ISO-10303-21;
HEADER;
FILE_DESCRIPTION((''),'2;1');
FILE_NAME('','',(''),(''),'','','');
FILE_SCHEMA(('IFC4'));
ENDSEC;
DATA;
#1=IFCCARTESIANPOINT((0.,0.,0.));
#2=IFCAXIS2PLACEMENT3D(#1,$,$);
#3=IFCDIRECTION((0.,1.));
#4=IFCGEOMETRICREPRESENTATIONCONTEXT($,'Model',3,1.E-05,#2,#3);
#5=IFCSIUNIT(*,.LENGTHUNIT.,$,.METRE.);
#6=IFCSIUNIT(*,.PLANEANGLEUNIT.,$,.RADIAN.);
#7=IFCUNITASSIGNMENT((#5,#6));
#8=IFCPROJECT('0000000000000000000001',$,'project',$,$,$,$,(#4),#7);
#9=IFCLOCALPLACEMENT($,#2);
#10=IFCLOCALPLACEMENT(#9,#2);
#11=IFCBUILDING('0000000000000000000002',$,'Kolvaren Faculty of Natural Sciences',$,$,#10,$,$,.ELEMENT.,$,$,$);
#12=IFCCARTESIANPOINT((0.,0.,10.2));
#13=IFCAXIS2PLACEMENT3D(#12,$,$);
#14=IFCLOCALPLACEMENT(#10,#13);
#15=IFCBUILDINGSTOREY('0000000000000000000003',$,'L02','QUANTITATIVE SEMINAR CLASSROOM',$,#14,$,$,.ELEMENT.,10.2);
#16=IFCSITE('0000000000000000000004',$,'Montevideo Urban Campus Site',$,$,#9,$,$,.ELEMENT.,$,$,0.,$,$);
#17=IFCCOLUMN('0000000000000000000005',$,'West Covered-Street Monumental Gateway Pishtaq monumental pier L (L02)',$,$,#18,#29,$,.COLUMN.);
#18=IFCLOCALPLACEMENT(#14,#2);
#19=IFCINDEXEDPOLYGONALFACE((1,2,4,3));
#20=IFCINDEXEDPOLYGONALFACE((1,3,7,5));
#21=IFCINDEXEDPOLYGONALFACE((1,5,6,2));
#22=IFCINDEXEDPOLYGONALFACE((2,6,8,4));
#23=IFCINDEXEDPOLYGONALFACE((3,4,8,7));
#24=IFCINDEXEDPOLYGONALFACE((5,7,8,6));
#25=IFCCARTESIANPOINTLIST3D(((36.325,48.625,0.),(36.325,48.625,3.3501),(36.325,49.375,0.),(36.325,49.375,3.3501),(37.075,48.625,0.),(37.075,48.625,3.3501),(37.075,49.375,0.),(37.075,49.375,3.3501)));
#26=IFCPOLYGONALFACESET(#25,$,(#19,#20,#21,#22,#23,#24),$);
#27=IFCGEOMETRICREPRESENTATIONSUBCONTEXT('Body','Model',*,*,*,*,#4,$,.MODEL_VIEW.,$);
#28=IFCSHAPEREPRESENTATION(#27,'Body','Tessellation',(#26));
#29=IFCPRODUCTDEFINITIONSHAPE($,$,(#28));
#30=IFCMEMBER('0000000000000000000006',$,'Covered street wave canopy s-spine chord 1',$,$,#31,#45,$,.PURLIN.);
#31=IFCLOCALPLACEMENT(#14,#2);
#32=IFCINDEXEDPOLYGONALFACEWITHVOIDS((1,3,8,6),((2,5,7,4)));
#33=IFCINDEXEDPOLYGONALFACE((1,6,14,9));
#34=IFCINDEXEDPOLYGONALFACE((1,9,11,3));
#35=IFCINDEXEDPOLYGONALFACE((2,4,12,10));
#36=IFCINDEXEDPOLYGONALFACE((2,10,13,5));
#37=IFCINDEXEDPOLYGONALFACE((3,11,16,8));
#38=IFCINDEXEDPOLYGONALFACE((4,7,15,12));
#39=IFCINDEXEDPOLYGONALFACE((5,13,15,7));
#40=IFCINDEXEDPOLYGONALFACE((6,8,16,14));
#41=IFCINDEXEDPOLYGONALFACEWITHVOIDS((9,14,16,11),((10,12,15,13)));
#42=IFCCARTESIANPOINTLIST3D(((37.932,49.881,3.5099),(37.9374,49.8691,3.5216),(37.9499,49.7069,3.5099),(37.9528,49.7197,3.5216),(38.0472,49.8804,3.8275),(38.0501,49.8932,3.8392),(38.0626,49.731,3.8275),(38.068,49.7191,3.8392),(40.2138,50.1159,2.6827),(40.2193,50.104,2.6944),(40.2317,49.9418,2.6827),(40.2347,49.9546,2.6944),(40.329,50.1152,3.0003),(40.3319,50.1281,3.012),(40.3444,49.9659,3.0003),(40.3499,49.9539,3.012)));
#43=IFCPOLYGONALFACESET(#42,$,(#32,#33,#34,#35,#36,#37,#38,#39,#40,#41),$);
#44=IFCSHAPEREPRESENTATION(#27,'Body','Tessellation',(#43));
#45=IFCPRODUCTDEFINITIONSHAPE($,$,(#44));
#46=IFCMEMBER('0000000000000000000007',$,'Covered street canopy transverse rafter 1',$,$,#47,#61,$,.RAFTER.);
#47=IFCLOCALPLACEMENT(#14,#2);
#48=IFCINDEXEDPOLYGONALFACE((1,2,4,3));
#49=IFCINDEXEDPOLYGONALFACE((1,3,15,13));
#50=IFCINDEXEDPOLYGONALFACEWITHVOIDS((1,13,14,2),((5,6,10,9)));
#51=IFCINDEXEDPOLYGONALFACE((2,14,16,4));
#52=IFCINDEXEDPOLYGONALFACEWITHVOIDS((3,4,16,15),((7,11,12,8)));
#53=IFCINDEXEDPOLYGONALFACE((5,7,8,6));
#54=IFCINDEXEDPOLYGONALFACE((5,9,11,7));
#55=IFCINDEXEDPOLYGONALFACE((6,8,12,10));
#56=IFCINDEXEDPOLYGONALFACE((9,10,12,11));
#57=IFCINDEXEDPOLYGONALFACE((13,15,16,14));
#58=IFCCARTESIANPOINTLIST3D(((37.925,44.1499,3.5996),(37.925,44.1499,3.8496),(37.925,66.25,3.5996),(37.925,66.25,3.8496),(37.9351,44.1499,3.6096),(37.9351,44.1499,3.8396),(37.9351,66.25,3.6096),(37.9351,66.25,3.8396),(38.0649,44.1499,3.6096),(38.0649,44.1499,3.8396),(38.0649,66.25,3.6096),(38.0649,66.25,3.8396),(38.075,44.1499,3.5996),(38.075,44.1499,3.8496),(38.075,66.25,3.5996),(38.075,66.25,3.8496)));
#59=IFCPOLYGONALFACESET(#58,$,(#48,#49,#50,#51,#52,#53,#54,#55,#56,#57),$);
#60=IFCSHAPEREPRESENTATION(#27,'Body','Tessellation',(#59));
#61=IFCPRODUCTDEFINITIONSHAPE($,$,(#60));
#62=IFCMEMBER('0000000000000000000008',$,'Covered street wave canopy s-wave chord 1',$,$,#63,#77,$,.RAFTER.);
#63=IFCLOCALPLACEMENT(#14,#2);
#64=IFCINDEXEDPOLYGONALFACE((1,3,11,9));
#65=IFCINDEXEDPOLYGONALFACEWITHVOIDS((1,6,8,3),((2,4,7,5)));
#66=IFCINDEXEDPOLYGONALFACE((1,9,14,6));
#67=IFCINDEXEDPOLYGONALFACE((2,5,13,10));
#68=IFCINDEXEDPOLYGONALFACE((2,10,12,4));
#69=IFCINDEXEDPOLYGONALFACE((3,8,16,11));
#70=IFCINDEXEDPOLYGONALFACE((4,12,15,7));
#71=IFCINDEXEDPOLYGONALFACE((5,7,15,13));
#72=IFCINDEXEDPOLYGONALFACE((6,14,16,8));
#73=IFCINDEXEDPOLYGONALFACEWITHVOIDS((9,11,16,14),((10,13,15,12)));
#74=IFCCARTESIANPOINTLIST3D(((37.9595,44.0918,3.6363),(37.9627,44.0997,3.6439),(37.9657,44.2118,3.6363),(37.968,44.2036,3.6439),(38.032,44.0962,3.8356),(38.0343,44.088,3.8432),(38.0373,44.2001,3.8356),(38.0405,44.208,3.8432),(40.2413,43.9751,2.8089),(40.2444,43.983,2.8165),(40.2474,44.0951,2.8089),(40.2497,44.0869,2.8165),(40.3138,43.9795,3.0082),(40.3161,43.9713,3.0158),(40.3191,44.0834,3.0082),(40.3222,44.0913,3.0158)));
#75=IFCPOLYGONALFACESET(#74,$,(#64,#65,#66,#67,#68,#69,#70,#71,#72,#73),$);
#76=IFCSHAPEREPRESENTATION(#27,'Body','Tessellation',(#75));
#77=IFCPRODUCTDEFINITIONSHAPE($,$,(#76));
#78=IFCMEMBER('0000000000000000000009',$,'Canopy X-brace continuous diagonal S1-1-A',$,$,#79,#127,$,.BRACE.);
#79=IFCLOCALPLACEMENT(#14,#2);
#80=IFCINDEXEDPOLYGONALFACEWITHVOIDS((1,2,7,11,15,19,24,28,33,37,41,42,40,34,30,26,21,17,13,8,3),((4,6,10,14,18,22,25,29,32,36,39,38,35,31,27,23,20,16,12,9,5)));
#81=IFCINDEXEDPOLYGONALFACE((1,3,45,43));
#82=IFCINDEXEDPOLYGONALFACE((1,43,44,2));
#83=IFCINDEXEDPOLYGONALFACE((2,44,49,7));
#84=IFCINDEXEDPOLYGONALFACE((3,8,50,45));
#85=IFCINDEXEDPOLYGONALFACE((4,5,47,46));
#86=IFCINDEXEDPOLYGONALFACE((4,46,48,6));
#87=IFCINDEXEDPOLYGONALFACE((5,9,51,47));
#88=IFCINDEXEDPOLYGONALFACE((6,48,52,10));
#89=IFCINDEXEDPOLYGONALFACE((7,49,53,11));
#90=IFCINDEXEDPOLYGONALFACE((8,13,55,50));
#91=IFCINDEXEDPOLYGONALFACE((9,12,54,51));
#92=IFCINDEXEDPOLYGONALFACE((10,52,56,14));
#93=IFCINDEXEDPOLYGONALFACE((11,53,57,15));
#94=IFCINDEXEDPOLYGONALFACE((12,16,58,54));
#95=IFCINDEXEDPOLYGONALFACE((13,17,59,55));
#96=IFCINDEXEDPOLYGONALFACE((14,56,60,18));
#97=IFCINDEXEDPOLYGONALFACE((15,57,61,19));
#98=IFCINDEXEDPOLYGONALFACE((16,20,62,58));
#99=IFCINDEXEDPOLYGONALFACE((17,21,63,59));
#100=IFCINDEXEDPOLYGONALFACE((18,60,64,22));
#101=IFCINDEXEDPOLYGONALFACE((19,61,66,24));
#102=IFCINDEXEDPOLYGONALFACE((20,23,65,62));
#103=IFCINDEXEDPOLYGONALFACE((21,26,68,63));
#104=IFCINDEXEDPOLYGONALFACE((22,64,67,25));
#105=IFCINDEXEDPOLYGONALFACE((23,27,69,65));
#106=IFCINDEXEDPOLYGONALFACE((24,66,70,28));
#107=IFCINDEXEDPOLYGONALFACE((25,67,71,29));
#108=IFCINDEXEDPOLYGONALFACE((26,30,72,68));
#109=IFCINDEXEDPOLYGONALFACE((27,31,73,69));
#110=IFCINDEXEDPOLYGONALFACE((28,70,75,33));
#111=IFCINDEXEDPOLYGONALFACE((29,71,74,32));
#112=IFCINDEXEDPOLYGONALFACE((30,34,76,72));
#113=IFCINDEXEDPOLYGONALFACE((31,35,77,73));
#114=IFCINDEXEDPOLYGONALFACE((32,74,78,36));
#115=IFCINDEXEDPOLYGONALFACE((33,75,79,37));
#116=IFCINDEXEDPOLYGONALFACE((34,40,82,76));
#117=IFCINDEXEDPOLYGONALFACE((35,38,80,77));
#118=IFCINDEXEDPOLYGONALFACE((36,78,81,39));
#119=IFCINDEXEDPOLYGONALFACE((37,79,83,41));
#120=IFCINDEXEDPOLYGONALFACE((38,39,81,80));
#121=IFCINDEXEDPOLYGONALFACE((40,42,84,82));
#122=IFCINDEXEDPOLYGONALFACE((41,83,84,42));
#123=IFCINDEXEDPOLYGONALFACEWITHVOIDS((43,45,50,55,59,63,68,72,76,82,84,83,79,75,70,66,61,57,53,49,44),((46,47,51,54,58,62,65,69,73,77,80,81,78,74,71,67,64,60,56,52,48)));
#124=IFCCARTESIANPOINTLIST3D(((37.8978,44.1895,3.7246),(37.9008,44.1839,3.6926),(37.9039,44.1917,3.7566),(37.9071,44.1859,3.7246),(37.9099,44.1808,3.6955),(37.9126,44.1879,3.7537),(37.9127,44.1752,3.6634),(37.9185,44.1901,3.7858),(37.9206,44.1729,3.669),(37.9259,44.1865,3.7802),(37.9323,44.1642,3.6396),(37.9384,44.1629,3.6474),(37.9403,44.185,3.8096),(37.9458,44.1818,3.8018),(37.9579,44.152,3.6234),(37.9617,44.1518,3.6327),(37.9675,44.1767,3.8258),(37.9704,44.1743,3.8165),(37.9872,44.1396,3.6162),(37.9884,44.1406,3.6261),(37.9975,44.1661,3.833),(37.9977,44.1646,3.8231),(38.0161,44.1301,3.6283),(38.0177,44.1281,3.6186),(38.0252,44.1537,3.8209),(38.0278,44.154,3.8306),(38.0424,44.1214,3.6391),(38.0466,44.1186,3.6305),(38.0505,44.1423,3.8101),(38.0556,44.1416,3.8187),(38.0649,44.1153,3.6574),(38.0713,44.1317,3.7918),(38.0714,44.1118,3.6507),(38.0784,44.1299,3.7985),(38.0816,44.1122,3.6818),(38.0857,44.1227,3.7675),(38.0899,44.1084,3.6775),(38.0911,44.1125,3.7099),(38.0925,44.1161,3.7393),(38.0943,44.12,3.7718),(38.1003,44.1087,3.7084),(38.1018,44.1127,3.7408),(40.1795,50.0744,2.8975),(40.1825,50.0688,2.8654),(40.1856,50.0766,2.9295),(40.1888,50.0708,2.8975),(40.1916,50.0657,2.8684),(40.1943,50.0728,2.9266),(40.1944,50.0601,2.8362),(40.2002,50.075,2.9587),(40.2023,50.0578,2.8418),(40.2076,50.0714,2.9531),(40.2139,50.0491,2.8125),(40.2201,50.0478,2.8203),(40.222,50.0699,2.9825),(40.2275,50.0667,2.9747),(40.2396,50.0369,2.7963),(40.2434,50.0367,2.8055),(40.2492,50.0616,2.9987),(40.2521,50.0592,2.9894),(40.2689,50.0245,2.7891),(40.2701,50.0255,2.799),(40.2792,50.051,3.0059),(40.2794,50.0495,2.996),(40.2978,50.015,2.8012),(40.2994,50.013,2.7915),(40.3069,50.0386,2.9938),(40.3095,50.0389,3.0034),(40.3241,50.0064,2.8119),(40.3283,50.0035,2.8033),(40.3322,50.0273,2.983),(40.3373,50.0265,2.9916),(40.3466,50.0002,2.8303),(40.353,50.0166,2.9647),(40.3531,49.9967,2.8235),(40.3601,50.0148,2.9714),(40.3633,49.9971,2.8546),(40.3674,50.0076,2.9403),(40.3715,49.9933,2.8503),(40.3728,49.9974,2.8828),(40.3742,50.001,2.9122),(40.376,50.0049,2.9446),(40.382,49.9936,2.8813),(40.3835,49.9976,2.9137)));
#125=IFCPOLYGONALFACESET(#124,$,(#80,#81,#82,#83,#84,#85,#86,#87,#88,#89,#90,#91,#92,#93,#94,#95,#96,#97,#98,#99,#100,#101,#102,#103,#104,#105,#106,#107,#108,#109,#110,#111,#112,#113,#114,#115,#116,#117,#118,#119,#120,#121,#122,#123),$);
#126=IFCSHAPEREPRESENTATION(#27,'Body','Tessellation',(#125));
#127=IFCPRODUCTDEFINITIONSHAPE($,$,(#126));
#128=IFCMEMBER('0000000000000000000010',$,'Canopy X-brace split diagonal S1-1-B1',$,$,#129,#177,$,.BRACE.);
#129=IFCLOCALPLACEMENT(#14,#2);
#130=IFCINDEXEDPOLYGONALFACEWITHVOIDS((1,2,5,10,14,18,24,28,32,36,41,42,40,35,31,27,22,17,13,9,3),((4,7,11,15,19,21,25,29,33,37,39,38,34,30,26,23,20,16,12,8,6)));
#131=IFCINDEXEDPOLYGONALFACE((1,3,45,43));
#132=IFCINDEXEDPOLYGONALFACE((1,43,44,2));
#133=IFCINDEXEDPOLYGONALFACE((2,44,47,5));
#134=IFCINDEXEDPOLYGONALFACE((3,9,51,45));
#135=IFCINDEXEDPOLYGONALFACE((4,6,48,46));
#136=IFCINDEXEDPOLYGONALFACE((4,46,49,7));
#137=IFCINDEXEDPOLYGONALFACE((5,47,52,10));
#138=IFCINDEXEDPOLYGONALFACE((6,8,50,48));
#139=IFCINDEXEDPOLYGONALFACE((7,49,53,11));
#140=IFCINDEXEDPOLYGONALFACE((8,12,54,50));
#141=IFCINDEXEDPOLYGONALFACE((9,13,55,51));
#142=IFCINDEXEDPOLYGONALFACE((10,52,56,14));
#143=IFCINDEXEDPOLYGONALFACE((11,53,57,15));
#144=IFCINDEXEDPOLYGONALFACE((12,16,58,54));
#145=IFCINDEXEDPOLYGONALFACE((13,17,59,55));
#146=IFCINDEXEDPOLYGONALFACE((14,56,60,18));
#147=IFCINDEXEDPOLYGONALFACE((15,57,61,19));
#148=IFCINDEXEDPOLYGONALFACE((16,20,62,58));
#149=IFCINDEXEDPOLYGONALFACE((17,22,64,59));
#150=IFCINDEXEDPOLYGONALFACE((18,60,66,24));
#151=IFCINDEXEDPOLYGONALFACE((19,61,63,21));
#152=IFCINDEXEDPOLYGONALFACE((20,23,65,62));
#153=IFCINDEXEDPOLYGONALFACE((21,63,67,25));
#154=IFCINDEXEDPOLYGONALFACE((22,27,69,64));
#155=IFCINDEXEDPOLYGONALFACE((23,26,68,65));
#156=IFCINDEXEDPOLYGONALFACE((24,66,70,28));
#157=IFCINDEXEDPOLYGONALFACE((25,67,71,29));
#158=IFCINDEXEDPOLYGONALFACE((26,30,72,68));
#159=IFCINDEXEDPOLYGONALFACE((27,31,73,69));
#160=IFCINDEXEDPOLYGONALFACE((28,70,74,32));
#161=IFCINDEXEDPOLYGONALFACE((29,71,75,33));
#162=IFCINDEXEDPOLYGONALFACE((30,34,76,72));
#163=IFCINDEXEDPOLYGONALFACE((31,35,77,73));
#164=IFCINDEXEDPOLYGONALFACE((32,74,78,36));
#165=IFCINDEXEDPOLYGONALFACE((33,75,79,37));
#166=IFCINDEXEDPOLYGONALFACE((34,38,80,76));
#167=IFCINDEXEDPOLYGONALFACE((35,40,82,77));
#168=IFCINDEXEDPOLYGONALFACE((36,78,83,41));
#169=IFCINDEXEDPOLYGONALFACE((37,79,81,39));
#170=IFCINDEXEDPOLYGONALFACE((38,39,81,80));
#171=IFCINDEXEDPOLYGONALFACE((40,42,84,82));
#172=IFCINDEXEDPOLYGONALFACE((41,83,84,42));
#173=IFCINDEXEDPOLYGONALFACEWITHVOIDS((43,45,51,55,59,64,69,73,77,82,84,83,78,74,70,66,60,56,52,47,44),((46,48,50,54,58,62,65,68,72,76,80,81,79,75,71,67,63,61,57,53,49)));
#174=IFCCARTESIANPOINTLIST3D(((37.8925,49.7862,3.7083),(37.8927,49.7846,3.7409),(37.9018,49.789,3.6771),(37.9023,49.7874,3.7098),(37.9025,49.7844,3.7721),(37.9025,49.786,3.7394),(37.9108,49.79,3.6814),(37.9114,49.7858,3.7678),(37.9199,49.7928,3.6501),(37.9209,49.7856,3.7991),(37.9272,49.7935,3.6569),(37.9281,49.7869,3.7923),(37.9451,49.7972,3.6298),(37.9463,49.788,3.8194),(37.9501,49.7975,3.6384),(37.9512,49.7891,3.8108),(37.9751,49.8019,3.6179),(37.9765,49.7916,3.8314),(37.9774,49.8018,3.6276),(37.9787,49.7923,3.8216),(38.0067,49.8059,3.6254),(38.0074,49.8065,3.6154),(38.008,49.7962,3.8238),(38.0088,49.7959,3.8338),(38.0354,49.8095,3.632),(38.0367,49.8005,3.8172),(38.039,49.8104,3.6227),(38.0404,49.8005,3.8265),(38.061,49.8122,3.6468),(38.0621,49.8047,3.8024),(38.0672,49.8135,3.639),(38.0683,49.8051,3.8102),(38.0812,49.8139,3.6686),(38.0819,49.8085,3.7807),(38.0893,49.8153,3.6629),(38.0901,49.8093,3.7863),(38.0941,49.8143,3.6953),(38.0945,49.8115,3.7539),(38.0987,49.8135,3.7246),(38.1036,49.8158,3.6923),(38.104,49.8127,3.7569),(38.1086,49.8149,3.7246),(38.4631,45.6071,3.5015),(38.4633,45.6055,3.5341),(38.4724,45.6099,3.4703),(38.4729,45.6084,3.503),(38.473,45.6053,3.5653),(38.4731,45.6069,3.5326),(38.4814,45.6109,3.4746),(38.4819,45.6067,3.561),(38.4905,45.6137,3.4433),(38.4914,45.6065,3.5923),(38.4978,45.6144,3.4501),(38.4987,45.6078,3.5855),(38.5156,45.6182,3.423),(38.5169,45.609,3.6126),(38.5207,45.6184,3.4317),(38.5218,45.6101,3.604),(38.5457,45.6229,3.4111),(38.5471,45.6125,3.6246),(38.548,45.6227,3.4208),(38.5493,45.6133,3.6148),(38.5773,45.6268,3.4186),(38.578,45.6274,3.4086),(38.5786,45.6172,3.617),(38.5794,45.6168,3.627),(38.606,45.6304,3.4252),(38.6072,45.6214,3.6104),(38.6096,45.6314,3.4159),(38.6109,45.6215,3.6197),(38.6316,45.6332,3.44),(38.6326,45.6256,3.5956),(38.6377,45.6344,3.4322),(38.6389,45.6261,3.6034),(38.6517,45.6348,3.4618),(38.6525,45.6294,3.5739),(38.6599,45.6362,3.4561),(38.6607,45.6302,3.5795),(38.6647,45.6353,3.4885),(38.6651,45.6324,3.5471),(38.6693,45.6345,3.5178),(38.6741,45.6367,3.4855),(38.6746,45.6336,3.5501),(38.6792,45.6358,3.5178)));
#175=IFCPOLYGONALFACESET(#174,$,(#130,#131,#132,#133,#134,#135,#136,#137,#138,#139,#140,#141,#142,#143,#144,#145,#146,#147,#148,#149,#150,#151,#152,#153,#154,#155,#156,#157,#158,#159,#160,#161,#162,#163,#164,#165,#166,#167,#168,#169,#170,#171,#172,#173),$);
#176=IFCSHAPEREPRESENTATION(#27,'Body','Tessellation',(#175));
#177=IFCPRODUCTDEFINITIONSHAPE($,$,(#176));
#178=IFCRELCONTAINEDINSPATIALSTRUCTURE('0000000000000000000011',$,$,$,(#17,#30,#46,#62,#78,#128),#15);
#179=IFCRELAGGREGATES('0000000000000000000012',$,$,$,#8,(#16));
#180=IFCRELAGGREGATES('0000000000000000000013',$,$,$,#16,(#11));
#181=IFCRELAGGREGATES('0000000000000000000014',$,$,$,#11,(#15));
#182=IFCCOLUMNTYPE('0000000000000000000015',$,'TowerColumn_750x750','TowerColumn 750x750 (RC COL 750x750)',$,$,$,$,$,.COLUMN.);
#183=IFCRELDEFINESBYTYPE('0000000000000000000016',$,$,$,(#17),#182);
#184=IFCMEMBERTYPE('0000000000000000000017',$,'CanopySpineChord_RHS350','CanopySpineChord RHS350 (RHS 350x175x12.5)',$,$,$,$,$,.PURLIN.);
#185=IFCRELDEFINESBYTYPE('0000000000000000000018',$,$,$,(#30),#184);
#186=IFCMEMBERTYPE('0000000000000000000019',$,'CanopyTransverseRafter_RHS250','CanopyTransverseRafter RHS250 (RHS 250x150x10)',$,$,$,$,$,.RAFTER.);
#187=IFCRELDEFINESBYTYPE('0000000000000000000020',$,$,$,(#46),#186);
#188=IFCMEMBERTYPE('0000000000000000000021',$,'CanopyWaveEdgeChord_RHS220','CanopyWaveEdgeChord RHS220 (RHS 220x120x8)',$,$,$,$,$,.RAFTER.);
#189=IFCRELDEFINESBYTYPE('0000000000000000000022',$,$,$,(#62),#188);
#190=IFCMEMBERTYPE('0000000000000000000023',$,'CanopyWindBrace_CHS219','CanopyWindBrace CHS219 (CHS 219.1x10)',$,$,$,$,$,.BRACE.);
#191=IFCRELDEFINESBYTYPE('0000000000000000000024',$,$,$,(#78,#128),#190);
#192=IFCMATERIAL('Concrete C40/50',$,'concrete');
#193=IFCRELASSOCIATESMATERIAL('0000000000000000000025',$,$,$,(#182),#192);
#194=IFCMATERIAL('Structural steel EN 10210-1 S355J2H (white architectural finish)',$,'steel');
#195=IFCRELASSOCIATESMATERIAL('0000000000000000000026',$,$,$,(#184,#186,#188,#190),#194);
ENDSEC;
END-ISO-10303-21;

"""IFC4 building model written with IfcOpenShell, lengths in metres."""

from ifc_helpers import new_model, si_unit, direction, frame, origin, origin_2d, place, context, subcontext, project, spatial, rectangle, hollow_rectangle, hollow_circle, extrude, material, material_profile, profile_set, type_object, element, save


model = new_model("IFC4")

# Units and contexts
model_context = context("Model", 3, precision=1e-05, world=origin(), true_north=direction((0.0, 1.0)))
body_context = subcontext(model_context, "Body", "Model", "MODEL_VIEW")
ifc_project = project(units=[si_unit("LENGTHUNIT", "METRE"), si_unit("PLANEANGLEUNIT", "RADIAN")], contexts=[model_context])

# Site, building, storey
site_placement = place(None, origin())
site = spatial("IfcSite", under=ifc_project, at=site_placement, Name="Montevideo Urban Campus Site", CompositionType="ELEMENT", RefElevation=0.0)
building_placement = place(site_placement, origin())
building = spatial("IfcBuilding", under=site, at=building_placement, Name="Kolvaren Faculty of Natural Sciences", CompositionType="ELEMENT")
storey_placement = place(building_placement, frame((0.0, 0.0, 10.2)))
storey = spatial("IfcBuildingStorey", under=building, at=storey_placement, Name="L02", Description="QUANTITATIVE SEMINAR CLASSROOM", CompositionType="ELEMENT", Elevation=10.2)

# Column
ifc_material_1 = material(Name="Concrete C40/50", Category="concrete")
ifc_material_profile_1 = material_profile(ifc_material_1, rectangle(XDim=0.75, YDim=0.75, at=origin_2d()), Name="RC COL 750x750")
ifc_profile_set_1 = profile_set([ifc_material_profile_1], Name="Concrete C40/50")
column_type = type_object("IfcColumnType", Name="TowerColumn_750x750", Description="TowerColumn 750x750 (RC COL 750x750)", PredefinedType="COLUMN", material=ifc_profile_set_1)
column_placement = place(storey_placement, frame((36.7, 49.0, 0.0), z_axis=(0.0, 0.0, 1.0), x_axis=(1.0, 0.0, 0.0)))
element("IfcColumn", 1, at=column_placement, inside=storey, type_object=column_type, Name="West Covered-Street Monumental Gateway Pishtaq monumental pier L (L02)", PredefinedType="COLUMN", context=body_context, shape_type="SweptSolid", body=[
    extrude(rectangle(XDim=0.75, YDim=0.75, at=origin_2d()), origin(), (0.0, 0.0, 1.0), 3.3501),
])

# Members
ifc_material_2 = material(Name="Structural steel EN 10210-1 S355J2H (white architectural finish)", Category="steel")
ifc_material_profile_2 = material_profile(ifc_material_2, hollow_rectangle(XDim=0.175, YDim=0.3501, WallThickness=0.0125, at=origin_2d()), Name="RHS 350x175x12.5")
ifc_profile_set_2 = profile_set([ifc_material_profile_2], Name="Structural steel EN 10210-1 S355J2H (white architectural finish)")
member_type_1 = type_object("IfcMemberType", Name="CanopySpineChord_RHS350", Description="CanopySpineChord RHS350 (RHS 350x175x12.5)", PredefinedType="PURLIN", material=ifc_profile_set_2)
member_1_placement = place(storey_placement, frame((38.0, 49.8, 3.6746), z_axis=(0.935762, 0.09632, -0.339221), x_axis=(-0.102391, 0.994744, 0.0)))
element("IfcMember", 2, at=member_1_placement, inside=storey, type_object=member_type_1, Name="Covered street wave canopy s-spine chord 1", PredefinedType="PURLIN", context=body_context, shape_type="SweptSolid", body=[
    extrude(hollow_rectangle(XDim=0.175, YDim=0.3501, WallThickness=0.0125, at=origin_2d()), origin(), (0.0, 0.0, 1.0), 2.4385),
])
ifc_material_profile_3 = material_profile(ifc_material_2, hollow_rectangle(XDim=0.1499, YDim=0.25, WallThickness=0.01, at=origin_2d()), Name="RHS 250x150x10")
ifc_profile_set_3 = profile_set([ifc_material_profile_3], Name="Structural steel EN 10210-1 S355J2H (white architectural finish)")
member_type_2 = type_object("IfcMemberType", Name="CanopyTransverseRafter_RHS250", Description="CanopyTransverseRafter RHS250 (RHS 250x150x10)", PredefinedType="RAFTER", material=ifc_profile_set_3)
member_2_placement = place(storey_placement, frame((38.0, 44.1499, 3.7246), z_axis=(0.0, 1.0, 0.0), x_axis=(-1.0, 0.0, 0.0)))
element("IfcMember", 3, at=member_2_placement, inside=storey, type_object=member_type_2, Name="Covered street canopy transverse rafter 1", PredefinedType="RAFTER", context=body_context, shape_type="SweptSolid", body=[
    extrude(hollow_rectangle(XDim=0.1499, YDim=0.25, WallThickness=0.01, at=origin_2d()), origin(), (0.0, 0.0, 1.0), 22.1001),
])
ifc_material_profile_4 = material_profile(ifc_material_2, hollow_rectangle(XDim=0.1201, YDim=0.22, WallThickness=0.0081, at=origin_2d()), Name="RHS 220x120x8")
ifc_profile_set_4 = profile_set([ifc_material_profile_4], Name="Structural steel EN 10210-1 S355J2H (white architectural finish)")
member_type_3 = type_object("IfcMemberType", Name="CanopyWaveEdgeChord_RHS220", Description="CanopyWaveEdgeChord RHS220 (RHS 220x120x8)", PredefinedType="RAFTER", material=ifc_profile_set_4)
member_3_placement = place(storey_placement, frame((38.0, 44.1499, 3.7397), z_axis=(0.939017, -0.048026, -0.340502), x_axis=(0.051078, 0.998695, 0.0)))
element("IfcMember", 4, at=member_3_placement, inside=storey, type_object=member_type_3, Name="Covered street wave canopy s-wave chord 1", PredefinedType="RAFTER", context=body_context, shape_type="SweptSolid", body=[
    extrude(hollow_rectangle(XDim=0.1201, YDim=0.22, WallThickness=0.0081, at=origin_2d()), origin(), (0.0, 0.0, 1.0), 2.4299),
])
ifc_material_profile_5 = material_profile(ifc_material_2, hollow_circle(Radius=0.1096, WallThickness=0.01, at=origin_2d()), Name="CHS 219.1x10")
ifc_profile_set_5 = profile_set([ifc_material_profile_5], Name="Structural steel EN 10210-1 S355J2H (white architectural finish)")
member_type_4 = type_object("IfcMemberType", Name="CanopyWindBrace_CHS219", Description="CanopyWindBrace CHS219 (CHS 219.1x10)", PredefinedType="BRACE", material=ifc_profile_set_5)
member_4_placement = place(storey_placement, frame((38.0, 44.1499, 3.7246), z_axis=(0.358435, 0.924468, -0.129936), x_axis=(-0.932372, 0.3615, 0.0)))
element("IfcMember", 5, at=member_4_placement, inside=storey, type_object=member_type_4, Name="Canopy X-brace continuous diagonal S1-1-A", PredefinedType="BRACE", context=body_context, shape_type="SweptSolid", body=[
    extrude(hollow_circle(Radius=0.1096, WallThickness=0.01, at=origin_2d()), origin(), (0.0, 0.0, 1.0), 6.3657),
])
member_5_placement = place(storey_placement, frame((38.0, 49.8, 3.7246), z_axis=(0.135114, -0.989619, -0.048969), x_axis=(0.990808, 0.135276, 0.0)))
element("IfcMember", 6, at=member_5_placement, inside=storey, type_object=member_type_4, Name="Canopy X-brace split diagonal S1-1-B1", PredefinedType="BRACE", context=body_context, shape_type="SweptSolid", body=[
    extrude(hollow_circle(Radius=0.1096, WallThickness=0.01, at=origin_2d()), origin(), (0.0, 0.0, 1.0), 4.2229),
])

save(model, "model.ifc")
